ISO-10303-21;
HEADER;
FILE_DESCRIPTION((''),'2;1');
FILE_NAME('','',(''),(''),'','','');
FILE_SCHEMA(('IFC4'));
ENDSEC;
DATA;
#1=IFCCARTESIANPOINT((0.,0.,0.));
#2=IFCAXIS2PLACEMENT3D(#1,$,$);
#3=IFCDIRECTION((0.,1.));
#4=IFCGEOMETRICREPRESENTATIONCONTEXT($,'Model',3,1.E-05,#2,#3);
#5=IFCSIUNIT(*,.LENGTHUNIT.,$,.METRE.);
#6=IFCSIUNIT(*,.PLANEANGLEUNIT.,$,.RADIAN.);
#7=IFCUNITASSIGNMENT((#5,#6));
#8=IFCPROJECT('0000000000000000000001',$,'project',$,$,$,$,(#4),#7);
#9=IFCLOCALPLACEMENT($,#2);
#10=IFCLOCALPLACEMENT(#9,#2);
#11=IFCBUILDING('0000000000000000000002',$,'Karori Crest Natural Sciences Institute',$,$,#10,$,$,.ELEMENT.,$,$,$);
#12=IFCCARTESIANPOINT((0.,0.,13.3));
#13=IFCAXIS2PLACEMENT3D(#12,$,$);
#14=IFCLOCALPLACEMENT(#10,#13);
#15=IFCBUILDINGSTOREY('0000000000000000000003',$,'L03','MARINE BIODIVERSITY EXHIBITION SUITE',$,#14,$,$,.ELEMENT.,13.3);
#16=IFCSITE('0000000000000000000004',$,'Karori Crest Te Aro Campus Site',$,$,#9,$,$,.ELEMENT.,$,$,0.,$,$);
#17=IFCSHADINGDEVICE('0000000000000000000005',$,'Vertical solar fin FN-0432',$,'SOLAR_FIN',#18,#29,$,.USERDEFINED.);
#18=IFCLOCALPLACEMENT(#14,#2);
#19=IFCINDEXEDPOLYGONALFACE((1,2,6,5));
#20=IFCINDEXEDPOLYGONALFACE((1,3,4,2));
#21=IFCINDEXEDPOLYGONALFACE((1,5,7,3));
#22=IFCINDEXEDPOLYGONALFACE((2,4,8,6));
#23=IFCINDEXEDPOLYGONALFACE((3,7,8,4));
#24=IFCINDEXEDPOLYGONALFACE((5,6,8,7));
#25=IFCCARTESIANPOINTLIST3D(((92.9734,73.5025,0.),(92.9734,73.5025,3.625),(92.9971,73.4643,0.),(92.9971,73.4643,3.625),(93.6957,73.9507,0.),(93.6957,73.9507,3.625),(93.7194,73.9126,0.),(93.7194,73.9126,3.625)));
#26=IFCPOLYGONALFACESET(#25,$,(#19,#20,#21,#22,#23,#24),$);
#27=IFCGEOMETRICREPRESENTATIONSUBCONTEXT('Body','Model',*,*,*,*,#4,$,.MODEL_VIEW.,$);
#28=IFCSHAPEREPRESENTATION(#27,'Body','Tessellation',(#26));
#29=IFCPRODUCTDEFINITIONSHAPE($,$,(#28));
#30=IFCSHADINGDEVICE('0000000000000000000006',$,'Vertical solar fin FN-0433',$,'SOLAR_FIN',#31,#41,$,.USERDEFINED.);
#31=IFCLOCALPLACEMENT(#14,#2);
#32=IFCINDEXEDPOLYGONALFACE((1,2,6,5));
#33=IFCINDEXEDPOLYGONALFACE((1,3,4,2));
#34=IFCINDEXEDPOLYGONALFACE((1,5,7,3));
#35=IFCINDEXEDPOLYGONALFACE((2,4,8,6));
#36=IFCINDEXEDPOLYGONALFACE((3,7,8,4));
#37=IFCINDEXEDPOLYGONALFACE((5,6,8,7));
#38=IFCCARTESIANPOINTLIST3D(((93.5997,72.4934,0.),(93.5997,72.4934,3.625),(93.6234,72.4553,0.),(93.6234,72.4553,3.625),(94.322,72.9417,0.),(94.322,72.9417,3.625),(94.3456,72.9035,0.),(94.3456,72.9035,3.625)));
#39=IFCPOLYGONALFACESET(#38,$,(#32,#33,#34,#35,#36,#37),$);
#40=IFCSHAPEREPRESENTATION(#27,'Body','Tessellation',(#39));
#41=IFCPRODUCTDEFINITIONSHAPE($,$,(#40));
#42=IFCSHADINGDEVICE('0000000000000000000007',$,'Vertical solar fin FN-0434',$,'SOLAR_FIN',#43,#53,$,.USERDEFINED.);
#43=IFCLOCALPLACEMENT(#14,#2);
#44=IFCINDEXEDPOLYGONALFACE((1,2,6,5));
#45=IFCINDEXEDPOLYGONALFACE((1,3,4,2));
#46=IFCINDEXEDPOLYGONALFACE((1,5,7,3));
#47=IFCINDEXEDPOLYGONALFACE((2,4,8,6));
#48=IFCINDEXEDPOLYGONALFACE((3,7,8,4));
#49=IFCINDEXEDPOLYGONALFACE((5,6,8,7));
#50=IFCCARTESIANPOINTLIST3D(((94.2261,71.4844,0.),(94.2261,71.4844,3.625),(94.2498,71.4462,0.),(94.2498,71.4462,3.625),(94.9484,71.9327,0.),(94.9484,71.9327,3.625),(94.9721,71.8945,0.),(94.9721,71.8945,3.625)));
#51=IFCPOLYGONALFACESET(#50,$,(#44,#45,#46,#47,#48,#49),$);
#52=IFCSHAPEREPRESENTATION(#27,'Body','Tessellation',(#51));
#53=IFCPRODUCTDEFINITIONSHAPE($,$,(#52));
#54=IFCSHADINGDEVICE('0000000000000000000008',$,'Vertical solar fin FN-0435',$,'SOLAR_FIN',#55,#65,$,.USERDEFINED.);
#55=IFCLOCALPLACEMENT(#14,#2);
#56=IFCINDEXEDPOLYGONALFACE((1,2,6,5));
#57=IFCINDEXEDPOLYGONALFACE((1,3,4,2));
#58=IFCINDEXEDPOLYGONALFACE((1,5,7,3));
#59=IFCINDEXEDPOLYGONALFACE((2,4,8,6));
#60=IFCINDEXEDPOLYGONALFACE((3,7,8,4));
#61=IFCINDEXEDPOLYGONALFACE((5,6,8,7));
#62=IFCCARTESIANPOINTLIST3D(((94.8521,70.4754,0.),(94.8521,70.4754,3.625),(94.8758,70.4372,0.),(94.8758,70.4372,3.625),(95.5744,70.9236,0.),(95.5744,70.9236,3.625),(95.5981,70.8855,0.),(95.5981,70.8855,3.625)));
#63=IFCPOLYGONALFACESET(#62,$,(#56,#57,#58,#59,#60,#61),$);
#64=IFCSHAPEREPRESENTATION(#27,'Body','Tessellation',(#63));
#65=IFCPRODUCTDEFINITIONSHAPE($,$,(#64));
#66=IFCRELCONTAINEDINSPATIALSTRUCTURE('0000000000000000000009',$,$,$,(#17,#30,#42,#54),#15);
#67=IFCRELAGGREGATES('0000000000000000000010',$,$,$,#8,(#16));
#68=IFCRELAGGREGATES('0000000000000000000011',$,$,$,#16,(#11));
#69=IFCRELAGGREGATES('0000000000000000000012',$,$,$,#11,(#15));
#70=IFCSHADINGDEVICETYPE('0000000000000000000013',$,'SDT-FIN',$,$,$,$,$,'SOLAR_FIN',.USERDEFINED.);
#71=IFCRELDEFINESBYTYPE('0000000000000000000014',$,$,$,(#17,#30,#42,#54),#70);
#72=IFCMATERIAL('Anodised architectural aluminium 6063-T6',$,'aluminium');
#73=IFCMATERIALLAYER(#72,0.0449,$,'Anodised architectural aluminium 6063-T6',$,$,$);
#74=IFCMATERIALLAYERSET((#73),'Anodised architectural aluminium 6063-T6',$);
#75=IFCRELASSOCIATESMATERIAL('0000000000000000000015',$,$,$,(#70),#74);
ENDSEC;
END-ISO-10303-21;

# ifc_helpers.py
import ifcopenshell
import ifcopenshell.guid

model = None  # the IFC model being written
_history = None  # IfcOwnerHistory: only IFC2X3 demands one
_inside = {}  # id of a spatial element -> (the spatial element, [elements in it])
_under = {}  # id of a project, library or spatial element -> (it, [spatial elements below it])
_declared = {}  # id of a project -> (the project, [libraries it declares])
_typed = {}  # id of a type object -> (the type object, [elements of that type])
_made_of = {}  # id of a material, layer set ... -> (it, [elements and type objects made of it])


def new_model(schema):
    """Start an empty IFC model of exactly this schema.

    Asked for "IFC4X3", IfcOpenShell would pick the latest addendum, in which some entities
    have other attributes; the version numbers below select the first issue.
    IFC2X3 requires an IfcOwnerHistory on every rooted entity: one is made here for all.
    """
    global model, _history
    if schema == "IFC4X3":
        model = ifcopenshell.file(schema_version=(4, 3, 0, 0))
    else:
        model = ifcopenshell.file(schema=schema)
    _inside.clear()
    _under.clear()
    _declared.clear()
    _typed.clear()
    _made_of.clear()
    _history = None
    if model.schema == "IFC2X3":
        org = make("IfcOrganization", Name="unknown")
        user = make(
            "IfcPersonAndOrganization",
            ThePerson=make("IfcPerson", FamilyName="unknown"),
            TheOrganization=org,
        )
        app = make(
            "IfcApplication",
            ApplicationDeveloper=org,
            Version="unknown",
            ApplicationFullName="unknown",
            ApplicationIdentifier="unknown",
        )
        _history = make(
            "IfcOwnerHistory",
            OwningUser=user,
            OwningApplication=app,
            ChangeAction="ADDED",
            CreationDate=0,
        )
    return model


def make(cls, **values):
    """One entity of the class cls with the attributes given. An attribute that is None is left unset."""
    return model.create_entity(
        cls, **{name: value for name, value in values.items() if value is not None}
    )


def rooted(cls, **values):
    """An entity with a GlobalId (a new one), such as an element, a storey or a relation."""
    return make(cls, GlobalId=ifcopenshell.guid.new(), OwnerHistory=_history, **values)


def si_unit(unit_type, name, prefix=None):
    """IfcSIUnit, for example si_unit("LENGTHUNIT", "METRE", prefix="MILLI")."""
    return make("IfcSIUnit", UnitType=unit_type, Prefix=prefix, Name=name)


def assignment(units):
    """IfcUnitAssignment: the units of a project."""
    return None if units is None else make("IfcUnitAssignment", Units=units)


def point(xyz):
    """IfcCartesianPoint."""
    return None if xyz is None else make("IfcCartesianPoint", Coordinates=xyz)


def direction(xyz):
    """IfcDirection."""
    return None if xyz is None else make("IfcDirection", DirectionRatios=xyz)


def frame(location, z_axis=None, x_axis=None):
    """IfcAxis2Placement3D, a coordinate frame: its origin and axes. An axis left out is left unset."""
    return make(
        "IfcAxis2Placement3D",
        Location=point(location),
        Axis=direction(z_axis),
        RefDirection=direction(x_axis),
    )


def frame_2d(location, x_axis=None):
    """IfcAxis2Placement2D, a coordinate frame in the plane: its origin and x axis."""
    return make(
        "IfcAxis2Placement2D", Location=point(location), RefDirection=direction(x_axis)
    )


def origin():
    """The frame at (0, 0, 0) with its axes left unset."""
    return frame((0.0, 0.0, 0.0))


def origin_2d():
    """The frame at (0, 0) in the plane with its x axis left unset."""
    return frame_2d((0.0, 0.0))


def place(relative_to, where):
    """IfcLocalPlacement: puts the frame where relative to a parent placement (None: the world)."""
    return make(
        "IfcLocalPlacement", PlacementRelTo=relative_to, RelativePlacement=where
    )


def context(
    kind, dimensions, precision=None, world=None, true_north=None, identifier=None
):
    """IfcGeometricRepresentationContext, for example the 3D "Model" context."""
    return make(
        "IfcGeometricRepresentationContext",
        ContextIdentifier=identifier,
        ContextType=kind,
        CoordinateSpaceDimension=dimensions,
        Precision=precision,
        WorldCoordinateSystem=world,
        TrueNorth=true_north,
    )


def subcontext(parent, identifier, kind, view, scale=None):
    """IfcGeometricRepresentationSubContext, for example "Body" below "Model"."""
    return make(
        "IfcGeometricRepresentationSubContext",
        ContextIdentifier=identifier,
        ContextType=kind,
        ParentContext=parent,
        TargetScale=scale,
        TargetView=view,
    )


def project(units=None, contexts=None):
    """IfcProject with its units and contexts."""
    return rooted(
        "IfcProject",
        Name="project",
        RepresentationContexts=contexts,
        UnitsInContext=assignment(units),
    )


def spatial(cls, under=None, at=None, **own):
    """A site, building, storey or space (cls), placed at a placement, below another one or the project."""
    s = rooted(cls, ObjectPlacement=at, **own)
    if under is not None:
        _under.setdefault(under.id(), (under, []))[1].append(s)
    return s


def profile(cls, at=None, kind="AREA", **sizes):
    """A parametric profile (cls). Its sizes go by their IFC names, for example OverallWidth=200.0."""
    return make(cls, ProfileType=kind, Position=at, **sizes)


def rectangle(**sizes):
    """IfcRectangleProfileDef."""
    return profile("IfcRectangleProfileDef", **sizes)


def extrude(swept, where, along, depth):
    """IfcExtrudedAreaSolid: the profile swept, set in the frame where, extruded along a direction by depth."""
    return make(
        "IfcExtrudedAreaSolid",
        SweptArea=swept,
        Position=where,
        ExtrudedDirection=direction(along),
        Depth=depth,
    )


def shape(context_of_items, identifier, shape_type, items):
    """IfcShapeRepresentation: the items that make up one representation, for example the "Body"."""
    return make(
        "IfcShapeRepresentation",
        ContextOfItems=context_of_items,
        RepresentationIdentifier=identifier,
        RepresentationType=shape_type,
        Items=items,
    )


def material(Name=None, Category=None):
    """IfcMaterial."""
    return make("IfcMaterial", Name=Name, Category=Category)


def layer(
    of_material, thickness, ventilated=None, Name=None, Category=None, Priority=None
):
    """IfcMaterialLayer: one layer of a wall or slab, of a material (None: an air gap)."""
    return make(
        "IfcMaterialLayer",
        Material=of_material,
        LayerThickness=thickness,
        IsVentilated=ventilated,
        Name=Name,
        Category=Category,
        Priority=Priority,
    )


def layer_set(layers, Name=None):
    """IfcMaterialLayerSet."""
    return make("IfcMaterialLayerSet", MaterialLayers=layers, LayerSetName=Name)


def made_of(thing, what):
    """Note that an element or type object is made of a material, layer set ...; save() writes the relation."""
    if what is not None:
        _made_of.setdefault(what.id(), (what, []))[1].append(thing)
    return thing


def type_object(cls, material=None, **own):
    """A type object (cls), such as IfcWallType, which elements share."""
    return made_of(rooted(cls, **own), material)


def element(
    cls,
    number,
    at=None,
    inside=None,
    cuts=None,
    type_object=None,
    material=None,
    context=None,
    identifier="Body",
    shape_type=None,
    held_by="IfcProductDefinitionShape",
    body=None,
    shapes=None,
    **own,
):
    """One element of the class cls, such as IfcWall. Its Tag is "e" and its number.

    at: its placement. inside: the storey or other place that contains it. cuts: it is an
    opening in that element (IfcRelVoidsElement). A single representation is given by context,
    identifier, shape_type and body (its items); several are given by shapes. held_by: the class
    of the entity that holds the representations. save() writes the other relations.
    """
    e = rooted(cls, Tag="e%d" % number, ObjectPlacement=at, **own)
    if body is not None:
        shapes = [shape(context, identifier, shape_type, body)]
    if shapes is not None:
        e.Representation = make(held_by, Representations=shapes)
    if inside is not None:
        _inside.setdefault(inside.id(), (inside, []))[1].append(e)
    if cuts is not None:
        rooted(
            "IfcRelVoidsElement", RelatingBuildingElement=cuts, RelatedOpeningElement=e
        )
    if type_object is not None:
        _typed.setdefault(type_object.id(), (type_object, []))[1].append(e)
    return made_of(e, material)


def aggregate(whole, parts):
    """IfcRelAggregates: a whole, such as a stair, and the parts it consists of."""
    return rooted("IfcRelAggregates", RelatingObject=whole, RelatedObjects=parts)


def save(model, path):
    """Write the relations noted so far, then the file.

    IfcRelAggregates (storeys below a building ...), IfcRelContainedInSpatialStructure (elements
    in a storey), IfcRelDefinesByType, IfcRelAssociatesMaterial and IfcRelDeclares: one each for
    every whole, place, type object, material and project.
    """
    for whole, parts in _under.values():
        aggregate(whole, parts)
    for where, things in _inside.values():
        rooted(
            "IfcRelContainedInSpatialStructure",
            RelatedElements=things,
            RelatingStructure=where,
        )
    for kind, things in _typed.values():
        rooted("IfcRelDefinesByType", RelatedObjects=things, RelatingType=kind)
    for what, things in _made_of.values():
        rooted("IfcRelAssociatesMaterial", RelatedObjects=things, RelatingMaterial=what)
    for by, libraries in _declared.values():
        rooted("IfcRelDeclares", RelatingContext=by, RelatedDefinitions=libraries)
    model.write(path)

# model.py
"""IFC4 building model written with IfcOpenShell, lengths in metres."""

from ifc_helpers import new_model, si_unit, direction, frame, origin, origin_2d, place, context, subcontext, project, spatial, rectangle, extrude, material, layer, layer_set, type_object, element, save


model = new_model("IFC4")

# Units and contexts
model_context = context("Model", 3, precision=1e-05, world=origin(), true_north=direction((0.0, 1.0)))
body_context = subcontext(model_context, "Body", "Model", "MODEL_VIEW")
ifc_project = project(units=[si_unit("LENGTHUNIT", "METRE"), si_unit("PLANEANGLEUNIT", "RADIAN")], contexts=[model_context])

# Site, building, storey
site_placement = place(None, origin())
site = spatial("IfcSite", under=ifc_project, at=site_placement, Name="Karori Crest Te Aro Campus Site", CompositionType="ELEMENT", RefElevation=0.0)
building_placement = place(site_placement, origin())
building = spatial("IfcBuilding", under=site, at=building_placement, Name="Karori Crest Natural Sciences Institute", CompositionType="ELEMENT")
storey_placement = place(building_placement, frame((0.0, 0.0, 13.3)))
storey = spatial("IfcBuildingStorey", under=building, at=storey_placement, Name="L03", Description="MARINE BIODIVERSITY EXHIBITION SUITE", CompositionType="ELEMENT", Elevation=13.3)

# Shared definitions
ifc_material_1 = material(Name="Anodised architectural aluminium 6063-T6", Category="aluminium")

# Shading devices
ifc_layer_1 = layer(ifc_material_1, 0.0449, Name="Anodised architectural aluminium 6063-T6")
ifc_layer_set_1 = layer_set([ifc_layer_1], Name="Anodised architectural aluminium 6063-T6")
shading_device_type = type_object("IfcShadingDeviceType", Name="SDT-FIN", ElementType="SOLAR_FIN", PredefinedType="USERDEFINED", material=ifc_layer_set_1)
for number, where, z_axis, x_axis, name in (
    (1, (93.3464, 73.7075, 0.0), (0.0, 0.0, 1.0), (0.849662, 0.527328, 0.0), "Vertical solar fin FN-0432"),
    (2, (93.9727, 72.6985, 0.0), (0.0, 0.0, 1.0), (0.849662, 0.527328, 0.0), "Vertical solar fin FN-0433"),
    (3, (94.5991, 71.6895, 0.0), (0.0, 0.0, 1.0), (0.849662, 0.527328, 0.0), "Vertical solar fin FN-0434"),
    (4, (95.2251, 70.6804, 0.0), (0.0, 0.0, 1.0), (0.849662, 0.527328, 0.0), "Vertical solar fin FN-0435"),
):
    element("IfcShadingDevice", number, at=place(storey_placement, frame(where, z_axis=z_axis, x_axis=x_axis)), inside=storey, type_object=shading_device_type, Name=name, ObjectType="SOLAR_FIN", PredefinedType="USERDEFINED", context=body_context, shape_type="SweptSolid", body=[
        extrude(rectangle(XDim=0.8501, YDim=0.0449, at=origin_2d()), origin(), (0.0, 0.0, 1.0), 3.625),
    ])

save(model, "model.ifc")
